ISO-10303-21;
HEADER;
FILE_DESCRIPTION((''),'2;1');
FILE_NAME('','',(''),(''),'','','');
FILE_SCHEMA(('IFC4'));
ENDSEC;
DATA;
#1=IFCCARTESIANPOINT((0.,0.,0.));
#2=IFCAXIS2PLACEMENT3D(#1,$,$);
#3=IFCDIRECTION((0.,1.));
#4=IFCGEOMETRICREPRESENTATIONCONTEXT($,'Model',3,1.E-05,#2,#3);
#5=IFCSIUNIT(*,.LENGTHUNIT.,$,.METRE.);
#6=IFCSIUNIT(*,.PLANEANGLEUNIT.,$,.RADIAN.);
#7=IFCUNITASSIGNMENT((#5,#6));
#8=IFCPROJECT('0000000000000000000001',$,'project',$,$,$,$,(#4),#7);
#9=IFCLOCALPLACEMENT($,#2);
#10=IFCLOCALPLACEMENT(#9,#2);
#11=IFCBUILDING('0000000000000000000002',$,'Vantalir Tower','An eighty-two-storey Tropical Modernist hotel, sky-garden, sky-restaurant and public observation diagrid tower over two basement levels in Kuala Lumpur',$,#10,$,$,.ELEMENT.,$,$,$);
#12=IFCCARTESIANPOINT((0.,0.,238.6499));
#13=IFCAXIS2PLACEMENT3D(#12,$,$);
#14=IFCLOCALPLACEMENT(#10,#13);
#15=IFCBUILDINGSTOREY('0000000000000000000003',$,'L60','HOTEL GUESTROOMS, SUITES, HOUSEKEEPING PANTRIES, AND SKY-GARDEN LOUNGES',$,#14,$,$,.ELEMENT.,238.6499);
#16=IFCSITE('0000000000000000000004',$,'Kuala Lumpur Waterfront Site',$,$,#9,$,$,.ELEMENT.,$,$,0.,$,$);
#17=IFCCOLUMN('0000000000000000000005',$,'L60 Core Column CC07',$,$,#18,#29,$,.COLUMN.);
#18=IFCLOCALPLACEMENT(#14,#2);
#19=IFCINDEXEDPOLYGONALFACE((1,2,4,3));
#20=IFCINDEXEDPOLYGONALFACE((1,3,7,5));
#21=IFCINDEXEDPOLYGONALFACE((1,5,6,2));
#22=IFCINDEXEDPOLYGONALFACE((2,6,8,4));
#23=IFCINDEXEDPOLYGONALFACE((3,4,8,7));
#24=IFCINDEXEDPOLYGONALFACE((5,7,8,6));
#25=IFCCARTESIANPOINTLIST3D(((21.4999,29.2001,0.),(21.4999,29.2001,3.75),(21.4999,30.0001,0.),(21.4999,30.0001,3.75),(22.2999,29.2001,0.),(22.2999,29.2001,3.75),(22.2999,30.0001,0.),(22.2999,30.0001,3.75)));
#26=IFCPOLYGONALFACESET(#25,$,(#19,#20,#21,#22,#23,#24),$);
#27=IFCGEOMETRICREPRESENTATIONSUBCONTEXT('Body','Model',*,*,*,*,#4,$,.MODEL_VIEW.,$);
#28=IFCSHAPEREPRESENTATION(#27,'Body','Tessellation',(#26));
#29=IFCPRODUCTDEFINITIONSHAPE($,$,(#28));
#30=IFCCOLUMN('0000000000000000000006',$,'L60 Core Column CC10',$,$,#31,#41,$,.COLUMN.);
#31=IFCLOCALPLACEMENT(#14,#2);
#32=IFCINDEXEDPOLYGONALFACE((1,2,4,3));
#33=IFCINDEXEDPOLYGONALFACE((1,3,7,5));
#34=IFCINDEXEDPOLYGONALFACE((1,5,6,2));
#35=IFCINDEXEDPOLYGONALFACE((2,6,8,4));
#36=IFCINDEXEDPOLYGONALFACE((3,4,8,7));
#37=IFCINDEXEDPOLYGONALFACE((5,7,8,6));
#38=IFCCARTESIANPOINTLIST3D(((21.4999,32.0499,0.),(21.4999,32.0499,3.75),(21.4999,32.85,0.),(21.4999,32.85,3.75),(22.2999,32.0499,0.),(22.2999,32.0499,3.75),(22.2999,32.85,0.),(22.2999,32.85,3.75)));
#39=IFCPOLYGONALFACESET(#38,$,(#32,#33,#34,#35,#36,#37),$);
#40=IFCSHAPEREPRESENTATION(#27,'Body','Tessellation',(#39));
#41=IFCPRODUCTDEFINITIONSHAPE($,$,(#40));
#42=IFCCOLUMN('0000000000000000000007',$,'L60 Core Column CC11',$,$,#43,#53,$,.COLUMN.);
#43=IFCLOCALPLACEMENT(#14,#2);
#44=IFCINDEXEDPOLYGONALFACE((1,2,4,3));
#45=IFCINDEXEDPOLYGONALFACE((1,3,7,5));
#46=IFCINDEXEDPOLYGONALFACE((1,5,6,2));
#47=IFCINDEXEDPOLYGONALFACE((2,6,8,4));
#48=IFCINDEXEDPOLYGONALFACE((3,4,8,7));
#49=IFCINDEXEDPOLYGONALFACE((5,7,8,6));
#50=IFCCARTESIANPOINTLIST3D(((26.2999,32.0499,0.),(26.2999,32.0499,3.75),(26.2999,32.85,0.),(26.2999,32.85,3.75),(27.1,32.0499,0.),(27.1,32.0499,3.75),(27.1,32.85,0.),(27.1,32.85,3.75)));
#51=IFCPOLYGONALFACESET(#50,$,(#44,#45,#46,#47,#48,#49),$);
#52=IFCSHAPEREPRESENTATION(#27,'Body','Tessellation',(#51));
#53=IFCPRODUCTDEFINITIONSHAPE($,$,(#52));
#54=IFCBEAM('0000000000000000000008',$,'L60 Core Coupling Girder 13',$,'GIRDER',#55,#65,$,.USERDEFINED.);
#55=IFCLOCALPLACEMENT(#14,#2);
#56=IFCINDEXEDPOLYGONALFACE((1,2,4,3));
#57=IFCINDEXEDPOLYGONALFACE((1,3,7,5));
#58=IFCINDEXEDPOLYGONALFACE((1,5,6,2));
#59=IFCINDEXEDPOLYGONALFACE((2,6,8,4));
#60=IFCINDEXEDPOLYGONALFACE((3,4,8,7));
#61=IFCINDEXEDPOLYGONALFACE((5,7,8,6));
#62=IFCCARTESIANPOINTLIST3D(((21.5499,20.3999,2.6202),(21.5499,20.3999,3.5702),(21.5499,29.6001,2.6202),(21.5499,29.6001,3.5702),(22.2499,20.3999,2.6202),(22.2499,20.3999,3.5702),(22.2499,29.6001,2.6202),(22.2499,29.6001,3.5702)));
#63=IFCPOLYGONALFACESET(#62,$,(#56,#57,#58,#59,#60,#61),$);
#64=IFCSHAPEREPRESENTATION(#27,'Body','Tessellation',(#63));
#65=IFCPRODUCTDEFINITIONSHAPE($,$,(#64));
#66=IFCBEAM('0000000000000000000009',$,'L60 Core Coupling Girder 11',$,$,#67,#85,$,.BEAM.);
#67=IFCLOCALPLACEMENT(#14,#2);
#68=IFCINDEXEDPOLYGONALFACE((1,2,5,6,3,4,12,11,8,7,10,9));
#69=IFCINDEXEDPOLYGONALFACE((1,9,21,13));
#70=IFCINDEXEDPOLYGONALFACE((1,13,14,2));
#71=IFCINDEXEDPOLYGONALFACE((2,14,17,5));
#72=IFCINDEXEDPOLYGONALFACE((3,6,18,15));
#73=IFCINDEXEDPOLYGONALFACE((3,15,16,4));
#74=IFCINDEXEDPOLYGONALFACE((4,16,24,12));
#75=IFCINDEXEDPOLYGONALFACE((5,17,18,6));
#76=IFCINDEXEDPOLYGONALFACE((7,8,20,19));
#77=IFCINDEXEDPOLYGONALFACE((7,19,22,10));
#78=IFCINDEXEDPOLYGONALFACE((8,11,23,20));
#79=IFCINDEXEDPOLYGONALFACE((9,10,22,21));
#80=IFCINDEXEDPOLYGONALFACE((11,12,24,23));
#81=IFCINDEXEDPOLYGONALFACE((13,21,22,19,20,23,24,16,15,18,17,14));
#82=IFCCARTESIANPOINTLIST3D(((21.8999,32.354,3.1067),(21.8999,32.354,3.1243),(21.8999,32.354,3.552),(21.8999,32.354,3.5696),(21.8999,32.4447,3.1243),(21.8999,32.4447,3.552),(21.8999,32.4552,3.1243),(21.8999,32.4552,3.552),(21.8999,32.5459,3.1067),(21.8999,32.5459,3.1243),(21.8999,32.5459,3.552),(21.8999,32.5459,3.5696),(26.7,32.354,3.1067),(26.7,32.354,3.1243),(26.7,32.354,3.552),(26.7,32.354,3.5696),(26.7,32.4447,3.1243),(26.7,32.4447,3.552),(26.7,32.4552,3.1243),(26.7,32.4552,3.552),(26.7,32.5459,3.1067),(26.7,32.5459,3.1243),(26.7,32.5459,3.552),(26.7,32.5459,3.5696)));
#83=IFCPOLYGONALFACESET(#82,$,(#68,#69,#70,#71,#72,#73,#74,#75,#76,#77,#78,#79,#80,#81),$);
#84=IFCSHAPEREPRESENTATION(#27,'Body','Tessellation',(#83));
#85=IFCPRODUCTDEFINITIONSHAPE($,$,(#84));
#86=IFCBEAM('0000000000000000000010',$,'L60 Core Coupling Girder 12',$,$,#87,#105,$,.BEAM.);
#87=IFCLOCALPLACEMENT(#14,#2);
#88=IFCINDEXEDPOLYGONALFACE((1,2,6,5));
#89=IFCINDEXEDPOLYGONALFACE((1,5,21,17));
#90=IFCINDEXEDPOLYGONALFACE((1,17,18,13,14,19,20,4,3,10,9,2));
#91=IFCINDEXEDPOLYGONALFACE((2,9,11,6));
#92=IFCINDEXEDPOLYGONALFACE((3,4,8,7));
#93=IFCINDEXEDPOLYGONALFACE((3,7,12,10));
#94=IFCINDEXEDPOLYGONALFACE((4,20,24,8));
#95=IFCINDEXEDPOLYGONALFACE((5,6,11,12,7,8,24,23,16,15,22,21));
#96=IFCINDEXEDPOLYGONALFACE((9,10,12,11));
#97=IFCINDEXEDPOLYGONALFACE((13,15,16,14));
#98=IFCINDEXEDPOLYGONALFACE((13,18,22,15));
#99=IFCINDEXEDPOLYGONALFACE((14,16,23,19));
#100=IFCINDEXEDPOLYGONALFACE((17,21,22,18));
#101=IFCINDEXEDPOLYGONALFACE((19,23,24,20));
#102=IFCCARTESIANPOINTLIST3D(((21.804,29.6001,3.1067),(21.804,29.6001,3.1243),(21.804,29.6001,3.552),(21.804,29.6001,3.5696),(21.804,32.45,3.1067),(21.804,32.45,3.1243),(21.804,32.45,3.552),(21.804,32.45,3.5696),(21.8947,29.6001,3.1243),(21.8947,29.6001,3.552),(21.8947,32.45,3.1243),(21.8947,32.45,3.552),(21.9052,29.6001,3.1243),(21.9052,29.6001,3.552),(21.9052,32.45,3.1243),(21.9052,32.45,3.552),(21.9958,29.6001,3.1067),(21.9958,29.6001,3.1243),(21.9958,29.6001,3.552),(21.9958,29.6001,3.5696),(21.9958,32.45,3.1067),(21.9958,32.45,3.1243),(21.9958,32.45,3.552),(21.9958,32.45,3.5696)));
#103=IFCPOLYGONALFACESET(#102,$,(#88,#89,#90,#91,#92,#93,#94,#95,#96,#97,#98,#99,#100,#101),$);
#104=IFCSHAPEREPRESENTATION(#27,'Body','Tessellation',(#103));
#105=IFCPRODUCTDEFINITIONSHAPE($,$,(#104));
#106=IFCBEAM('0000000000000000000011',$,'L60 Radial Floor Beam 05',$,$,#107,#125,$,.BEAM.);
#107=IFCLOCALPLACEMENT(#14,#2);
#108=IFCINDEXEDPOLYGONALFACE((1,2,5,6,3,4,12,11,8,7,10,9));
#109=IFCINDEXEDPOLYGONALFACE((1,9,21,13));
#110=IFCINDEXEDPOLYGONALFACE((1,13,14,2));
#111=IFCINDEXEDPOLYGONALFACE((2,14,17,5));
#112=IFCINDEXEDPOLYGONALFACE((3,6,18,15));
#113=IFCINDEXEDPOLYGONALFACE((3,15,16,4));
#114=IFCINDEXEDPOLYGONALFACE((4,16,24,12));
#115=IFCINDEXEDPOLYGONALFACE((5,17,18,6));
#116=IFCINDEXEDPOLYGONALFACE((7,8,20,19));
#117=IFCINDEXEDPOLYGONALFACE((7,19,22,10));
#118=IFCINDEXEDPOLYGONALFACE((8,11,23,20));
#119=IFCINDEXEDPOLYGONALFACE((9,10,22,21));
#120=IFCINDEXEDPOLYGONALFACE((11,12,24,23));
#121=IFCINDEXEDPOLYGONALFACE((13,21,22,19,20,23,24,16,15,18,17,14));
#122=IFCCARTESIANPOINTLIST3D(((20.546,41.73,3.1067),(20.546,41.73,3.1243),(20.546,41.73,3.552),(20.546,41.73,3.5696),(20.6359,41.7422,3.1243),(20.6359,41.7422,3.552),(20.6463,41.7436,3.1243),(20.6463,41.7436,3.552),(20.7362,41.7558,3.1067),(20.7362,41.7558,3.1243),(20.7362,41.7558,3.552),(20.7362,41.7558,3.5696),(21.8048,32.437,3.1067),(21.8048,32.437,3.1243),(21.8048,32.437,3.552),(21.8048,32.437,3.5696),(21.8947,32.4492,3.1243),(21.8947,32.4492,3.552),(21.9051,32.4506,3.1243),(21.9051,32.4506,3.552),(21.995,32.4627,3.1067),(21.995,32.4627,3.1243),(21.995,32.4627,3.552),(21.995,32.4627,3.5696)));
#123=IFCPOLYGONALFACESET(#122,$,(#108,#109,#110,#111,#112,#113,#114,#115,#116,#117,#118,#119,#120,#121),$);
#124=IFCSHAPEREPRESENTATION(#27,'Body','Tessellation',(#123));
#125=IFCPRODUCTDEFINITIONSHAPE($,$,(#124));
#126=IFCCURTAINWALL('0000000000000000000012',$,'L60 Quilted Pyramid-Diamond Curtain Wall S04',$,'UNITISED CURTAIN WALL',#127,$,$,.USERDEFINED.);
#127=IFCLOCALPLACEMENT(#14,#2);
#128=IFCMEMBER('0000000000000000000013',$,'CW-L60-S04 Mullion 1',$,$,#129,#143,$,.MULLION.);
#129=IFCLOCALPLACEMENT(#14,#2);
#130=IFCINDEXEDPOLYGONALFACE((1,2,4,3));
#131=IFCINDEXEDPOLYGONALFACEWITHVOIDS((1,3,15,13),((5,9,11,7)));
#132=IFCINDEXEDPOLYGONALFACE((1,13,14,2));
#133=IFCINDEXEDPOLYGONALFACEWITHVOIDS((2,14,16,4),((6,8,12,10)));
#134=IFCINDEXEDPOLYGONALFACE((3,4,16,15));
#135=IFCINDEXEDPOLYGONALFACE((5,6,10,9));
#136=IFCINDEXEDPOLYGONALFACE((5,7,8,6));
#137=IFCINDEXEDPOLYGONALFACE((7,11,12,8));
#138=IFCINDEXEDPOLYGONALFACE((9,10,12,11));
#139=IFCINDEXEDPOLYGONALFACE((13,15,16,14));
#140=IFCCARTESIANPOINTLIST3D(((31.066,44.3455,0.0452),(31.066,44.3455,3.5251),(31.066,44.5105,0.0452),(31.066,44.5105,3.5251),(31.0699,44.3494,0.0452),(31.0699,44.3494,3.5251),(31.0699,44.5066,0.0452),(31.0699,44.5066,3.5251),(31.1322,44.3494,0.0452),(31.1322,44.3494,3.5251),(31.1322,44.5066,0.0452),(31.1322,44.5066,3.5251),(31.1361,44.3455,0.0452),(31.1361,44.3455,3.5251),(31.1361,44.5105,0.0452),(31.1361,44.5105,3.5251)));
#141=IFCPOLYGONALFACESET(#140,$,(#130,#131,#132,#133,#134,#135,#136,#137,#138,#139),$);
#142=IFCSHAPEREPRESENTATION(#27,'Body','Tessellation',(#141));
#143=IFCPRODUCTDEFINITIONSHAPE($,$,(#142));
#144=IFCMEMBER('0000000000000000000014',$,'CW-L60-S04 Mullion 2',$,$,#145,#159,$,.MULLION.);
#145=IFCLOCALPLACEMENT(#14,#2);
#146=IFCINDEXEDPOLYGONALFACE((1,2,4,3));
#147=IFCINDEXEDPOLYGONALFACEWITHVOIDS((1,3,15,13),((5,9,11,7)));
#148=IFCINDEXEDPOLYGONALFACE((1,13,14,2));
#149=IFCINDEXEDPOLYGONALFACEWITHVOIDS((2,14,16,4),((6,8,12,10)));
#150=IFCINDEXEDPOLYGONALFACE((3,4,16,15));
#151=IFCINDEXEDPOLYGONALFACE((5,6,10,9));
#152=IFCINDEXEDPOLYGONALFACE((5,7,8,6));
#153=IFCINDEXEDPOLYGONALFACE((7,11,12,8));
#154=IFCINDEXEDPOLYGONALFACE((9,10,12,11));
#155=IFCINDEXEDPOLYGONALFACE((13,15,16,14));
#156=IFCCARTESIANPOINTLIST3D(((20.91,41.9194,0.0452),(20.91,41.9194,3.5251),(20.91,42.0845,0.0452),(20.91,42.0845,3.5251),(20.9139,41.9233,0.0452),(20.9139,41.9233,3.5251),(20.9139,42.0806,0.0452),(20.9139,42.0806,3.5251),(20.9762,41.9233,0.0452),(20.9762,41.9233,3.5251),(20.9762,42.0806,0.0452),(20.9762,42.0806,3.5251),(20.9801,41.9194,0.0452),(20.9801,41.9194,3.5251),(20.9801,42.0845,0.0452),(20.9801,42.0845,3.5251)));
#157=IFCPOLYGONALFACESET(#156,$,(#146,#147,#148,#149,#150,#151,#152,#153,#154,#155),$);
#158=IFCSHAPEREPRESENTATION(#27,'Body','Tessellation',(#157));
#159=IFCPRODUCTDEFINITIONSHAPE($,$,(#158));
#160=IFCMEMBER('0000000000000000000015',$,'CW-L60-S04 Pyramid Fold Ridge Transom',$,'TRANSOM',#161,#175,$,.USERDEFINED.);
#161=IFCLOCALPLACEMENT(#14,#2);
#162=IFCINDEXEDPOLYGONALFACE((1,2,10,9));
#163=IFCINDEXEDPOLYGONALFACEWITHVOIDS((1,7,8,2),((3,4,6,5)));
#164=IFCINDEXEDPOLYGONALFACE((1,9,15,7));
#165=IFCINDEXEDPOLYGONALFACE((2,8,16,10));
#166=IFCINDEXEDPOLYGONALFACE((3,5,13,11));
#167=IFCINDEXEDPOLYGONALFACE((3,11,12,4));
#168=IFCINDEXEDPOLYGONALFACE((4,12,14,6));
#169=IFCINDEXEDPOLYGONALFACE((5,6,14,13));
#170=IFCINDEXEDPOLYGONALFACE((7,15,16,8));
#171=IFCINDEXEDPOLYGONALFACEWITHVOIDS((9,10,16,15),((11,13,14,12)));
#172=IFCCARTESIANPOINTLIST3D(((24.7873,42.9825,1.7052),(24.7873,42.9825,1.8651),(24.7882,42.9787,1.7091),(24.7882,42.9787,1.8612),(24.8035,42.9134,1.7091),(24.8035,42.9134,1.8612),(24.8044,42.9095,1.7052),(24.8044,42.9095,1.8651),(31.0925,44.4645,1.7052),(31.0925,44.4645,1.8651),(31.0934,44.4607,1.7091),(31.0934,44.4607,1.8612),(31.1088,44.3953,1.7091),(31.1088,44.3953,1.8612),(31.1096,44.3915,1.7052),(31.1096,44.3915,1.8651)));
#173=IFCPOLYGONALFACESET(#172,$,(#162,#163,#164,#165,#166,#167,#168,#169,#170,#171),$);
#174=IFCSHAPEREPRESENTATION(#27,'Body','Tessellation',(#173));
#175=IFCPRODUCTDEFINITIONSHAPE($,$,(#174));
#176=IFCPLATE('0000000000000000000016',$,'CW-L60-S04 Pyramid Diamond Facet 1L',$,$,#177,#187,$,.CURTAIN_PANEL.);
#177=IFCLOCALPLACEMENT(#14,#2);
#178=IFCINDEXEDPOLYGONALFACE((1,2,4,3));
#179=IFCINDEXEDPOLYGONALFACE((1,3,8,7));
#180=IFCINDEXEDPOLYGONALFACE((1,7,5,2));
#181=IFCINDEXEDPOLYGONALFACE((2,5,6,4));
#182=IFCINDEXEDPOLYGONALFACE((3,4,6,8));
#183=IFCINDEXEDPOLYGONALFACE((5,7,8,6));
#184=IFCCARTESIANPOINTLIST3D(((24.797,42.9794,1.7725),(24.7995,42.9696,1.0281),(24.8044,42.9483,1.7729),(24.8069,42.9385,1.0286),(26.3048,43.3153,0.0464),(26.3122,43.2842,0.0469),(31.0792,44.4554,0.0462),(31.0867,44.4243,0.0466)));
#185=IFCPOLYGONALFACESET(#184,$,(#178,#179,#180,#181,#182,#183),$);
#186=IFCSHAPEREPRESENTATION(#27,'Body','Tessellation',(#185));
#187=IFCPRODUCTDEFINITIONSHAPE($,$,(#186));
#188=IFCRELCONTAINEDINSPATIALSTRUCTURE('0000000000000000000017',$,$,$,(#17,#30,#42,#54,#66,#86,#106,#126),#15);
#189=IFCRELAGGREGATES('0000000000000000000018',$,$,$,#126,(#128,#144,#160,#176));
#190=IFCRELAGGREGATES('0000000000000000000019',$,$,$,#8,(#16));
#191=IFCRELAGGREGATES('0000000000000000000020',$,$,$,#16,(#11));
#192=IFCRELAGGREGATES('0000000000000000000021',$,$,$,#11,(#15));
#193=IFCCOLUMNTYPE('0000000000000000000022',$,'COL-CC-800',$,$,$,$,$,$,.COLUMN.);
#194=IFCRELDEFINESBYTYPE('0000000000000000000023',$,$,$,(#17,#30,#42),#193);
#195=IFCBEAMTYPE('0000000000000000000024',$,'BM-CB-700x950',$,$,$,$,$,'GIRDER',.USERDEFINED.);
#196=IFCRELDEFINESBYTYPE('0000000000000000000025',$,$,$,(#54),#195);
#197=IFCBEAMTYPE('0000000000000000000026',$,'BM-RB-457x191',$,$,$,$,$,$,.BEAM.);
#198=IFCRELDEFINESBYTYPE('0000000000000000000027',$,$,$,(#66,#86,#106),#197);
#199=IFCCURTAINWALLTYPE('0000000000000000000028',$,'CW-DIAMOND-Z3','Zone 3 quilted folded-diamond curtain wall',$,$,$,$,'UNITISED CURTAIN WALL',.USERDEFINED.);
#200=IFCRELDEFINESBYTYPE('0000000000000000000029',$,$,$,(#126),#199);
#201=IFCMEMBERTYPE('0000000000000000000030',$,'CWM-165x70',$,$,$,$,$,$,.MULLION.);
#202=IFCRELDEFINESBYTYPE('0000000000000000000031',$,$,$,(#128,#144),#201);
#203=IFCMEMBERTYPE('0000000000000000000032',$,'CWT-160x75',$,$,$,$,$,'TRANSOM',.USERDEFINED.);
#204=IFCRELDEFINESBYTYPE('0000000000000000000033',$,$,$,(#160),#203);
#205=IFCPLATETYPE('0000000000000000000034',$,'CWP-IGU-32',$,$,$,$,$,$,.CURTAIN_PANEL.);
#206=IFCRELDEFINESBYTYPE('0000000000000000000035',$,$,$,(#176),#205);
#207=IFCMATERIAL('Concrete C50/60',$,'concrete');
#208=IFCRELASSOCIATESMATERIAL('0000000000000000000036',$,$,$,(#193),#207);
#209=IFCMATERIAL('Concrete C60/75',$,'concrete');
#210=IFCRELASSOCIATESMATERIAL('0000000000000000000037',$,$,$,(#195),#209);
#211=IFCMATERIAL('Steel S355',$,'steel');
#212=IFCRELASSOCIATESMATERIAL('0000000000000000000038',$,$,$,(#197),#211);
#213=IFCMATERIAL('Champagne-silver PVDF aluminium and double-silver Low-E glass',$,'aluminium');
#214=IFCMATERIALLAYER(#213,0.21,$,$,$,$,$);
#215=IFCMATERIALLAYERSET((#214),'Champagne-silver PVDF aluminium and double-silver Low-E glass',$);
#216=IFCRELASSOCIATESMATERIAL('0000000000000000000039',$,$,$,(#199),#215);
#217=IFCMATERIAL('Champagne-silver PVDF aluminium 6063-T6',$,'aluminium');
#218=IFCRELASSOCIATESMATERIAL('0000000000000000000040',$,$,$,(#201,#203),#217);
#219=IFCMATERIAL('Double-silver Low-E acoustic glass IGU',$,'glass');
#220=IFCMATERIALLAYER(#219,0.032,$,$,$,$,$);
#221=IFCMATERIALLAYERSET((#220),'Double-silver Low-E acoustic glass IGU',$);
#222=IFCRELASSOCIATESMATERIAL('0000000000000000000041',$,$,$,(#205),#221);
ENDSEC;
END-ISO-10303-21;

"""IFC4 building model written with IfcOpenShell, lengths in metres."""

from ifc_helpers import new_model, si_unit, direction, frame, origin, origin_2d, place, context, subcontext, project, spatial, polyline, rectangle, hollow_rectangle, i_section, outline, extrude, material, layer, layer_set, material_profile, profile_set, type_object, element, aggregate, save


model = new_model("IFC4")

# Units and contexts
model_context = context("Model", 3, precision=1e-05, world=origin(), true_north=direction((0.0, 1.0)))
body_context = subcontext(model_context, "Body", "Model", "MODEL_VIEW")
ifc_project = project(units=[si_unit("LENGTHUNIT", "METRE"), si_unit("PLANEANGLEUNIT", "RADIAN")], contexts=[model_context])

# Site, building, storey
site_placement = place(None, origin())
site = spatial("IfcSite", under=ifc_project, at=site_placement, Name="Kuala Lumpur Waterfront Site", CompositionType="ELEMENT", RefElevation=0.0)
building_placement = place(site_placement, origin())
building = spatial("IfcBuilding", under=site, at=building_placement, Name="Vantalir Tower", Description="An eighty-two-storey Tropical Modernist hotel, sky-garden, sky-restaurant and public observation diagrid tower over two basement levels in Kuala Lumpur", CompositionType="ELEMENT")
storey_placement = place(building_placement, frame((0.0, 0.0, 238.6499)))
storey = spatial("IfcBuildingStorey", under=building, at=storey_placement, Name="L60", Description="HOTEL GUESTROOMS, SUITES, HOUSEKEEPING PANTRIES, AND SKY-GARDEN LOUNGES", CompositionType="ELEMENT", Elevation=238.6499)

# Columns
ifc_material_1 = material(Name="Concrete C50/60", Category="concrete")
ifc_material_profile_1 = material_profile(ifc_material_1, rectangle(XDim=0.8, YDim=0.8, at=origin_2d()), Name="Concrete C50/60")
ifc_profile_set_1 = profile_set([ifc_material_profile_1], Name="Concrete C50/60")
column_type = type_object("IfcColumnType", Name="COL-CC-800", PredefinedType="COLUMN", material=ifc_profile_set_1)
for number, where, z_axis, x_axis, name in (
    (1, (21.8999, 29.6001, 0.0), (0.0, 0.0, 1.0), (1.0, 0.0, 0.0), "L60 Core Column CC07"),
    (2, (21.8999, 32.45, 0.0), (0.0, 0.0, 1.0), (1.0, 0.0, 0.0), "L60 Core Column CC10"),
    (3, (26.7, 32.45, 0.0), (0.0, 0.0, 1.0), (1.0, 0.0, 0.0), "L60 Core Column CC11"),
):
    element("IfcColumn", number, at=place(storey_placement, frame(where, z_axis=z_axis, x_axis=x_axis)), inside=storey, type_object=column_type, Name=name, PredefinedType="COLUMN", context=body_context, shape_type="SweptSolid", body=[
        extrude(rectangle(XDim=0.8, YDim=0.8, at=origin_2d()), origin(), (0.0, 0.0, 1.0), 3.75),
    ])

# Beams
ifc_material_2 = material(Name="Concrete C60/75", Category="concrete")
ifc_material_profile_2 = material_profile(ifc_material_2, rectangle(XDim=0.7, YDim=0.95, at=origin_2d()), Name="Concrete C60/75")
ifc_profile_set_2 = profile_set([ifc_material_profile_2], Name="Concrete C60/75")
beam_type_1 = type_object("IfcBeamType", Name="BM-CB-700x950", ElementType="GIRDER", PredefinedType="USERDEFINED", material=ifc_profile_set_2)
beam_1_placement = place(storey_placement, frame((21.8999, 29.6001, 3.0952), z_axis=(0.0, -1.0, 0.0), x_axis=(1.0, 0.0, 0.0)))
element("IfcBeam", 4, at=beam_1_placement, inside=storey, type_object=beam_type_1, Name="L60 Core Coupling Girder 13", ObjectType="GIRDER", PredefinedType="USERDEFINED", context=body_context, shape_type="SweptSolid", body=[
    extrude(rectangle(XDim=0.7, YDim=0.95, at=origin_2d()), origin(), (0.0, 0.0, 1.0), 9.2002),
])
ifc_material_3 = material(Name="Steel S355", Category="steel")
ifc_material_profile_3 = material_profile(ifc_material_3, i_section(OverallWidth=0.1919, OverallDepth=0.4629, WebThickness=0.0105, FlangeThickness=0.0176, at=origin_2d()), Name="Steel S355")
ifc_profile_set_3 = profile_set([ifc_material_profile_3], Name="Steel S355")
beam_type_2 = type_object("IfcBeamType", Name="BM-RB-457x191", PredefinedType="BEAM", material=ifc_profile_set_3)
beam_2_placement = place(storey_placement, frame((26.7, 32.45, 3.3381), z_axis=(-1.0, 0.0, 0.0), x_axis=(0.0, -1.0, 0.0)))
element("IfcBeam", 5, at=beam_2_placement, inside=storey, type_object=beam_type_2, Name="L60 Core Coupling Girder 11", PredefinedType="BEAM", context=body_context, shape_type="SweptSolid", body=[
    extrude(i_section(OverallWidth=0.1919, OverallDepth=0.4629, WebThickness=0.0105, FlangeThickness=0.0176, at=origin_2d()), origin(), (0.0, 0.0, 1.0), 4.8),
])
beam_3_placement = place(storey_placement, frame((21.8999, 32.45, 3.3381), z_axis=(0.0, -1.0, 0.0), x_axis=(1.0, 0.0, 0.0)))
element("IfcBeam", 6, at=beam_3_placement, inside=storey, type_object=beam_type_2, Name="L60 Core Coupling Girder 12", PredefinedType="BEAM", context=body_context, shape_type="SweptSolid", body=[
    extrude(i_section(OverallWidth=0.1919, OverallDepth=0.4629, WebThickness=0.0105, FlangeThickness=0.0176, at=origin_2d()), origin(), (0.0, 0.0, 1.0), 2.8499),
])
beam_4_placement = place(storey_placement, frame((20.6411, 41.7429, 3.3381), z_axis=(0.13423, -0.99095, 0.0), x_axis=(0.99095, 0.13423, 0.0)))
element("IfcBeam", 7, at=beam_4_placement, inside=storey, type_object=beam_type_2, Name="L60 Radial Floor Beam 05", PredefinedType="BEAM", context=body_context, shape_type="SweptSolid", body=[
    extrude(i_section(OverallWidth=0.1919, OverallDepth=0.4629, WebThickness=0.0105, FlangeThickness=0.0176, at=origin_2d()), origin(), (0.0, 0.0, 1.0), 9.3779),
])

# Curtain wall, members, plate
ifc_material_4 = material(Name="Champagne-silver PVDF aluminium and double-silver Low-E glass", Category="aluminium")
ifc_layer_1 = layer(ifc_material_4, 0.21)
ifc_layer_set_1 = layer_set([ifc_layer_1], Name="Champagne-silver PVDF aluminium and double-silver Low-E glass")
curtain_wall_type = type_object("IfcCurtainWallType", Name="CW-DIAMOND-Z3", Description="Zone 3 quilted folded-diamond curtain wall", ElementType="UNITISED CURTAIN WALL", PredefinedType="USERDEFINED", material=ifc_layer_set_1)
curtain_wall_placement = place(storey_placement, origin())
curtain_wall = element("IfcCurtainWall", 8, at=curtain_wall_placement, inside=storey, type_object=curtain_wall_type, Name="L60 Quilted Pyramid-Diamond Curtain Wall S04", ObjectType="UNITISED CURTAIN WALL", PredefinedType="USERDEFINED")
ifc_material_5 = material(Name="Champagne-silver PVDF aluminium 6063-T6", Category="aluminium")
ifc_material_profile_4 = material_profile(ifc_material_5, hollow_rectangle(XDim=0.0701, YDim=0.165, WallThickness=0.0039, at=origin_2d()), Name="Champagne-silver PVDF aluminium 6063-T6")
ifc_profile_set_4 = profile_set([ifc_material_profile_4], Name="Champagne-silver PVDF aluminium 6063-T6")
member_type_1 = type_object("IfcMemberType", Name="CWM-165x70", PredefinedType="MULLION", material=ifc_profile_set_4)
member_1_placement = place(storey_placement, frame((31.1011, 44.428, 0.0452), z_axis=(0.0, 0.0, 1.0), x_axis=(1.0, 0.0, 0.0)))
member_1 = element("IfcMember", 9, at=member_1_placement, type_object=member_type_1, Name="CW-L60-S04 Mullion 1", PredefinedType="MULLION", context=body_context, shape_type="SweptSolid", body=[
    extrude(hollow_rectangle(XDim=0.0701, YDim=0.165, WallThickness=0.0039, at=origin_2d()), origin(), (0.0, 0.0, 1.0), 3.48),
])
member_2_placement = place(storey_placement, frame((20.9451, 42.002, 0.0452), z_axis=(0.0, 0.0, 1.0), x_axis=(1.0, 0.0, 0.0)))
member_2 = element("IfcMember", 10, at=member_2_placement, type_object=member_type_1, Name="CW-L60-S04 Mullion 2", PredefinedType="MULLION", context=body_context, shape_type="SweptSolid", body=[
    extrude(hollow_rectangle(XDim=0.0701, YDim=0.165, WallThickness=0.0039, at=origin_2d()), origin(), (0.0, 0.0, 1.0), 3.48),
])
ifc_material_profile_5 = material_profile(ifc_material_5, hollow_rectangle(XDim=0.075, YDim=0.1599, WallThickness=0.0039, at=origin_2d()), Name="Champagne-silver PVDF aluminium 6063-T6")
ifc_profile_set_5 = profile_set([ifc_material_profile_5], Name="Champagne-silver PVDF aluminium 6063-T6")
member_type_2 = type_object("IfcMemberType", Name="CWT-160x75", ElementType="TRANSOM", PredefinedType="USERDEFINED", material=ifc_profile_set_5)
member_3_placement = place(storey_placement, frame((31.1011, 44.428, 1.7852), z_axis=(-0.973473, -0.2288, 0.0), x_axis=(0.2288, -0.973473, 0.0)))
member_3 = element("IfcMember", 11, at=member_3_placement, type_object=member_type_2, Name="CW-L60-S04 Pyramid Fold Ridge Transom", ObjectType="TRANSOM", PredefinedType="USERDEFINED", context=body_context, shape_type="SweptSolid", body=[
    extrude(hollow_rectangle(XDim=0.075, YDim=0.1599, WallThickness=0.0039, at=origin_2d()), origin(), (0.0, 0.0, 1.0), 6.4771),
])
ifc_material_6 = material(Name="Double-silver Low-E acoustic glass IGU", Category="glass")
ifc_layer_2 = layer(ifc_material_6, 0.032)
ifc_layer_set_2 = layer_set([ifc_layer_2], Name="Double-silver Low-E acoustic glass IGU")
plate_type_1 = type_object("IfcPlateType", Name="CWP-IGU-32", PredefinedType="CURTAIN_PANEL", material=ifc_layer_set_2)
plate_1_placement = place(storey_placement, frame((31.0867, 44.4243, 0.0466), z_axis=(0.23224, -0.972564, 0.013588), x_axis=(-0.972654, -0.232261, 0.00005)))
plate_1 = element("IfcPlate", 12, at=plate_1_placement, type_object=plate_type_1, Name="CW-L60-S04 Pyramid Diamond Facet 1L", PredefinedType="CURTAIN_PANEL", context=body_context, shape_type="SweptSolid", body=[
    extrude(outline(polyline([(0.0, 0.0), (4.9087, 0.0), (6.4532, -0.9817), (6.4533, -1.7262), (0.0, 0.0)])), origin(), (0.0, 0.0, -1.0), 0.032),
])
aggregate(curtain_wall, [member_1, member_2, member_3, plate_1])

save(model, "model.ifc")
